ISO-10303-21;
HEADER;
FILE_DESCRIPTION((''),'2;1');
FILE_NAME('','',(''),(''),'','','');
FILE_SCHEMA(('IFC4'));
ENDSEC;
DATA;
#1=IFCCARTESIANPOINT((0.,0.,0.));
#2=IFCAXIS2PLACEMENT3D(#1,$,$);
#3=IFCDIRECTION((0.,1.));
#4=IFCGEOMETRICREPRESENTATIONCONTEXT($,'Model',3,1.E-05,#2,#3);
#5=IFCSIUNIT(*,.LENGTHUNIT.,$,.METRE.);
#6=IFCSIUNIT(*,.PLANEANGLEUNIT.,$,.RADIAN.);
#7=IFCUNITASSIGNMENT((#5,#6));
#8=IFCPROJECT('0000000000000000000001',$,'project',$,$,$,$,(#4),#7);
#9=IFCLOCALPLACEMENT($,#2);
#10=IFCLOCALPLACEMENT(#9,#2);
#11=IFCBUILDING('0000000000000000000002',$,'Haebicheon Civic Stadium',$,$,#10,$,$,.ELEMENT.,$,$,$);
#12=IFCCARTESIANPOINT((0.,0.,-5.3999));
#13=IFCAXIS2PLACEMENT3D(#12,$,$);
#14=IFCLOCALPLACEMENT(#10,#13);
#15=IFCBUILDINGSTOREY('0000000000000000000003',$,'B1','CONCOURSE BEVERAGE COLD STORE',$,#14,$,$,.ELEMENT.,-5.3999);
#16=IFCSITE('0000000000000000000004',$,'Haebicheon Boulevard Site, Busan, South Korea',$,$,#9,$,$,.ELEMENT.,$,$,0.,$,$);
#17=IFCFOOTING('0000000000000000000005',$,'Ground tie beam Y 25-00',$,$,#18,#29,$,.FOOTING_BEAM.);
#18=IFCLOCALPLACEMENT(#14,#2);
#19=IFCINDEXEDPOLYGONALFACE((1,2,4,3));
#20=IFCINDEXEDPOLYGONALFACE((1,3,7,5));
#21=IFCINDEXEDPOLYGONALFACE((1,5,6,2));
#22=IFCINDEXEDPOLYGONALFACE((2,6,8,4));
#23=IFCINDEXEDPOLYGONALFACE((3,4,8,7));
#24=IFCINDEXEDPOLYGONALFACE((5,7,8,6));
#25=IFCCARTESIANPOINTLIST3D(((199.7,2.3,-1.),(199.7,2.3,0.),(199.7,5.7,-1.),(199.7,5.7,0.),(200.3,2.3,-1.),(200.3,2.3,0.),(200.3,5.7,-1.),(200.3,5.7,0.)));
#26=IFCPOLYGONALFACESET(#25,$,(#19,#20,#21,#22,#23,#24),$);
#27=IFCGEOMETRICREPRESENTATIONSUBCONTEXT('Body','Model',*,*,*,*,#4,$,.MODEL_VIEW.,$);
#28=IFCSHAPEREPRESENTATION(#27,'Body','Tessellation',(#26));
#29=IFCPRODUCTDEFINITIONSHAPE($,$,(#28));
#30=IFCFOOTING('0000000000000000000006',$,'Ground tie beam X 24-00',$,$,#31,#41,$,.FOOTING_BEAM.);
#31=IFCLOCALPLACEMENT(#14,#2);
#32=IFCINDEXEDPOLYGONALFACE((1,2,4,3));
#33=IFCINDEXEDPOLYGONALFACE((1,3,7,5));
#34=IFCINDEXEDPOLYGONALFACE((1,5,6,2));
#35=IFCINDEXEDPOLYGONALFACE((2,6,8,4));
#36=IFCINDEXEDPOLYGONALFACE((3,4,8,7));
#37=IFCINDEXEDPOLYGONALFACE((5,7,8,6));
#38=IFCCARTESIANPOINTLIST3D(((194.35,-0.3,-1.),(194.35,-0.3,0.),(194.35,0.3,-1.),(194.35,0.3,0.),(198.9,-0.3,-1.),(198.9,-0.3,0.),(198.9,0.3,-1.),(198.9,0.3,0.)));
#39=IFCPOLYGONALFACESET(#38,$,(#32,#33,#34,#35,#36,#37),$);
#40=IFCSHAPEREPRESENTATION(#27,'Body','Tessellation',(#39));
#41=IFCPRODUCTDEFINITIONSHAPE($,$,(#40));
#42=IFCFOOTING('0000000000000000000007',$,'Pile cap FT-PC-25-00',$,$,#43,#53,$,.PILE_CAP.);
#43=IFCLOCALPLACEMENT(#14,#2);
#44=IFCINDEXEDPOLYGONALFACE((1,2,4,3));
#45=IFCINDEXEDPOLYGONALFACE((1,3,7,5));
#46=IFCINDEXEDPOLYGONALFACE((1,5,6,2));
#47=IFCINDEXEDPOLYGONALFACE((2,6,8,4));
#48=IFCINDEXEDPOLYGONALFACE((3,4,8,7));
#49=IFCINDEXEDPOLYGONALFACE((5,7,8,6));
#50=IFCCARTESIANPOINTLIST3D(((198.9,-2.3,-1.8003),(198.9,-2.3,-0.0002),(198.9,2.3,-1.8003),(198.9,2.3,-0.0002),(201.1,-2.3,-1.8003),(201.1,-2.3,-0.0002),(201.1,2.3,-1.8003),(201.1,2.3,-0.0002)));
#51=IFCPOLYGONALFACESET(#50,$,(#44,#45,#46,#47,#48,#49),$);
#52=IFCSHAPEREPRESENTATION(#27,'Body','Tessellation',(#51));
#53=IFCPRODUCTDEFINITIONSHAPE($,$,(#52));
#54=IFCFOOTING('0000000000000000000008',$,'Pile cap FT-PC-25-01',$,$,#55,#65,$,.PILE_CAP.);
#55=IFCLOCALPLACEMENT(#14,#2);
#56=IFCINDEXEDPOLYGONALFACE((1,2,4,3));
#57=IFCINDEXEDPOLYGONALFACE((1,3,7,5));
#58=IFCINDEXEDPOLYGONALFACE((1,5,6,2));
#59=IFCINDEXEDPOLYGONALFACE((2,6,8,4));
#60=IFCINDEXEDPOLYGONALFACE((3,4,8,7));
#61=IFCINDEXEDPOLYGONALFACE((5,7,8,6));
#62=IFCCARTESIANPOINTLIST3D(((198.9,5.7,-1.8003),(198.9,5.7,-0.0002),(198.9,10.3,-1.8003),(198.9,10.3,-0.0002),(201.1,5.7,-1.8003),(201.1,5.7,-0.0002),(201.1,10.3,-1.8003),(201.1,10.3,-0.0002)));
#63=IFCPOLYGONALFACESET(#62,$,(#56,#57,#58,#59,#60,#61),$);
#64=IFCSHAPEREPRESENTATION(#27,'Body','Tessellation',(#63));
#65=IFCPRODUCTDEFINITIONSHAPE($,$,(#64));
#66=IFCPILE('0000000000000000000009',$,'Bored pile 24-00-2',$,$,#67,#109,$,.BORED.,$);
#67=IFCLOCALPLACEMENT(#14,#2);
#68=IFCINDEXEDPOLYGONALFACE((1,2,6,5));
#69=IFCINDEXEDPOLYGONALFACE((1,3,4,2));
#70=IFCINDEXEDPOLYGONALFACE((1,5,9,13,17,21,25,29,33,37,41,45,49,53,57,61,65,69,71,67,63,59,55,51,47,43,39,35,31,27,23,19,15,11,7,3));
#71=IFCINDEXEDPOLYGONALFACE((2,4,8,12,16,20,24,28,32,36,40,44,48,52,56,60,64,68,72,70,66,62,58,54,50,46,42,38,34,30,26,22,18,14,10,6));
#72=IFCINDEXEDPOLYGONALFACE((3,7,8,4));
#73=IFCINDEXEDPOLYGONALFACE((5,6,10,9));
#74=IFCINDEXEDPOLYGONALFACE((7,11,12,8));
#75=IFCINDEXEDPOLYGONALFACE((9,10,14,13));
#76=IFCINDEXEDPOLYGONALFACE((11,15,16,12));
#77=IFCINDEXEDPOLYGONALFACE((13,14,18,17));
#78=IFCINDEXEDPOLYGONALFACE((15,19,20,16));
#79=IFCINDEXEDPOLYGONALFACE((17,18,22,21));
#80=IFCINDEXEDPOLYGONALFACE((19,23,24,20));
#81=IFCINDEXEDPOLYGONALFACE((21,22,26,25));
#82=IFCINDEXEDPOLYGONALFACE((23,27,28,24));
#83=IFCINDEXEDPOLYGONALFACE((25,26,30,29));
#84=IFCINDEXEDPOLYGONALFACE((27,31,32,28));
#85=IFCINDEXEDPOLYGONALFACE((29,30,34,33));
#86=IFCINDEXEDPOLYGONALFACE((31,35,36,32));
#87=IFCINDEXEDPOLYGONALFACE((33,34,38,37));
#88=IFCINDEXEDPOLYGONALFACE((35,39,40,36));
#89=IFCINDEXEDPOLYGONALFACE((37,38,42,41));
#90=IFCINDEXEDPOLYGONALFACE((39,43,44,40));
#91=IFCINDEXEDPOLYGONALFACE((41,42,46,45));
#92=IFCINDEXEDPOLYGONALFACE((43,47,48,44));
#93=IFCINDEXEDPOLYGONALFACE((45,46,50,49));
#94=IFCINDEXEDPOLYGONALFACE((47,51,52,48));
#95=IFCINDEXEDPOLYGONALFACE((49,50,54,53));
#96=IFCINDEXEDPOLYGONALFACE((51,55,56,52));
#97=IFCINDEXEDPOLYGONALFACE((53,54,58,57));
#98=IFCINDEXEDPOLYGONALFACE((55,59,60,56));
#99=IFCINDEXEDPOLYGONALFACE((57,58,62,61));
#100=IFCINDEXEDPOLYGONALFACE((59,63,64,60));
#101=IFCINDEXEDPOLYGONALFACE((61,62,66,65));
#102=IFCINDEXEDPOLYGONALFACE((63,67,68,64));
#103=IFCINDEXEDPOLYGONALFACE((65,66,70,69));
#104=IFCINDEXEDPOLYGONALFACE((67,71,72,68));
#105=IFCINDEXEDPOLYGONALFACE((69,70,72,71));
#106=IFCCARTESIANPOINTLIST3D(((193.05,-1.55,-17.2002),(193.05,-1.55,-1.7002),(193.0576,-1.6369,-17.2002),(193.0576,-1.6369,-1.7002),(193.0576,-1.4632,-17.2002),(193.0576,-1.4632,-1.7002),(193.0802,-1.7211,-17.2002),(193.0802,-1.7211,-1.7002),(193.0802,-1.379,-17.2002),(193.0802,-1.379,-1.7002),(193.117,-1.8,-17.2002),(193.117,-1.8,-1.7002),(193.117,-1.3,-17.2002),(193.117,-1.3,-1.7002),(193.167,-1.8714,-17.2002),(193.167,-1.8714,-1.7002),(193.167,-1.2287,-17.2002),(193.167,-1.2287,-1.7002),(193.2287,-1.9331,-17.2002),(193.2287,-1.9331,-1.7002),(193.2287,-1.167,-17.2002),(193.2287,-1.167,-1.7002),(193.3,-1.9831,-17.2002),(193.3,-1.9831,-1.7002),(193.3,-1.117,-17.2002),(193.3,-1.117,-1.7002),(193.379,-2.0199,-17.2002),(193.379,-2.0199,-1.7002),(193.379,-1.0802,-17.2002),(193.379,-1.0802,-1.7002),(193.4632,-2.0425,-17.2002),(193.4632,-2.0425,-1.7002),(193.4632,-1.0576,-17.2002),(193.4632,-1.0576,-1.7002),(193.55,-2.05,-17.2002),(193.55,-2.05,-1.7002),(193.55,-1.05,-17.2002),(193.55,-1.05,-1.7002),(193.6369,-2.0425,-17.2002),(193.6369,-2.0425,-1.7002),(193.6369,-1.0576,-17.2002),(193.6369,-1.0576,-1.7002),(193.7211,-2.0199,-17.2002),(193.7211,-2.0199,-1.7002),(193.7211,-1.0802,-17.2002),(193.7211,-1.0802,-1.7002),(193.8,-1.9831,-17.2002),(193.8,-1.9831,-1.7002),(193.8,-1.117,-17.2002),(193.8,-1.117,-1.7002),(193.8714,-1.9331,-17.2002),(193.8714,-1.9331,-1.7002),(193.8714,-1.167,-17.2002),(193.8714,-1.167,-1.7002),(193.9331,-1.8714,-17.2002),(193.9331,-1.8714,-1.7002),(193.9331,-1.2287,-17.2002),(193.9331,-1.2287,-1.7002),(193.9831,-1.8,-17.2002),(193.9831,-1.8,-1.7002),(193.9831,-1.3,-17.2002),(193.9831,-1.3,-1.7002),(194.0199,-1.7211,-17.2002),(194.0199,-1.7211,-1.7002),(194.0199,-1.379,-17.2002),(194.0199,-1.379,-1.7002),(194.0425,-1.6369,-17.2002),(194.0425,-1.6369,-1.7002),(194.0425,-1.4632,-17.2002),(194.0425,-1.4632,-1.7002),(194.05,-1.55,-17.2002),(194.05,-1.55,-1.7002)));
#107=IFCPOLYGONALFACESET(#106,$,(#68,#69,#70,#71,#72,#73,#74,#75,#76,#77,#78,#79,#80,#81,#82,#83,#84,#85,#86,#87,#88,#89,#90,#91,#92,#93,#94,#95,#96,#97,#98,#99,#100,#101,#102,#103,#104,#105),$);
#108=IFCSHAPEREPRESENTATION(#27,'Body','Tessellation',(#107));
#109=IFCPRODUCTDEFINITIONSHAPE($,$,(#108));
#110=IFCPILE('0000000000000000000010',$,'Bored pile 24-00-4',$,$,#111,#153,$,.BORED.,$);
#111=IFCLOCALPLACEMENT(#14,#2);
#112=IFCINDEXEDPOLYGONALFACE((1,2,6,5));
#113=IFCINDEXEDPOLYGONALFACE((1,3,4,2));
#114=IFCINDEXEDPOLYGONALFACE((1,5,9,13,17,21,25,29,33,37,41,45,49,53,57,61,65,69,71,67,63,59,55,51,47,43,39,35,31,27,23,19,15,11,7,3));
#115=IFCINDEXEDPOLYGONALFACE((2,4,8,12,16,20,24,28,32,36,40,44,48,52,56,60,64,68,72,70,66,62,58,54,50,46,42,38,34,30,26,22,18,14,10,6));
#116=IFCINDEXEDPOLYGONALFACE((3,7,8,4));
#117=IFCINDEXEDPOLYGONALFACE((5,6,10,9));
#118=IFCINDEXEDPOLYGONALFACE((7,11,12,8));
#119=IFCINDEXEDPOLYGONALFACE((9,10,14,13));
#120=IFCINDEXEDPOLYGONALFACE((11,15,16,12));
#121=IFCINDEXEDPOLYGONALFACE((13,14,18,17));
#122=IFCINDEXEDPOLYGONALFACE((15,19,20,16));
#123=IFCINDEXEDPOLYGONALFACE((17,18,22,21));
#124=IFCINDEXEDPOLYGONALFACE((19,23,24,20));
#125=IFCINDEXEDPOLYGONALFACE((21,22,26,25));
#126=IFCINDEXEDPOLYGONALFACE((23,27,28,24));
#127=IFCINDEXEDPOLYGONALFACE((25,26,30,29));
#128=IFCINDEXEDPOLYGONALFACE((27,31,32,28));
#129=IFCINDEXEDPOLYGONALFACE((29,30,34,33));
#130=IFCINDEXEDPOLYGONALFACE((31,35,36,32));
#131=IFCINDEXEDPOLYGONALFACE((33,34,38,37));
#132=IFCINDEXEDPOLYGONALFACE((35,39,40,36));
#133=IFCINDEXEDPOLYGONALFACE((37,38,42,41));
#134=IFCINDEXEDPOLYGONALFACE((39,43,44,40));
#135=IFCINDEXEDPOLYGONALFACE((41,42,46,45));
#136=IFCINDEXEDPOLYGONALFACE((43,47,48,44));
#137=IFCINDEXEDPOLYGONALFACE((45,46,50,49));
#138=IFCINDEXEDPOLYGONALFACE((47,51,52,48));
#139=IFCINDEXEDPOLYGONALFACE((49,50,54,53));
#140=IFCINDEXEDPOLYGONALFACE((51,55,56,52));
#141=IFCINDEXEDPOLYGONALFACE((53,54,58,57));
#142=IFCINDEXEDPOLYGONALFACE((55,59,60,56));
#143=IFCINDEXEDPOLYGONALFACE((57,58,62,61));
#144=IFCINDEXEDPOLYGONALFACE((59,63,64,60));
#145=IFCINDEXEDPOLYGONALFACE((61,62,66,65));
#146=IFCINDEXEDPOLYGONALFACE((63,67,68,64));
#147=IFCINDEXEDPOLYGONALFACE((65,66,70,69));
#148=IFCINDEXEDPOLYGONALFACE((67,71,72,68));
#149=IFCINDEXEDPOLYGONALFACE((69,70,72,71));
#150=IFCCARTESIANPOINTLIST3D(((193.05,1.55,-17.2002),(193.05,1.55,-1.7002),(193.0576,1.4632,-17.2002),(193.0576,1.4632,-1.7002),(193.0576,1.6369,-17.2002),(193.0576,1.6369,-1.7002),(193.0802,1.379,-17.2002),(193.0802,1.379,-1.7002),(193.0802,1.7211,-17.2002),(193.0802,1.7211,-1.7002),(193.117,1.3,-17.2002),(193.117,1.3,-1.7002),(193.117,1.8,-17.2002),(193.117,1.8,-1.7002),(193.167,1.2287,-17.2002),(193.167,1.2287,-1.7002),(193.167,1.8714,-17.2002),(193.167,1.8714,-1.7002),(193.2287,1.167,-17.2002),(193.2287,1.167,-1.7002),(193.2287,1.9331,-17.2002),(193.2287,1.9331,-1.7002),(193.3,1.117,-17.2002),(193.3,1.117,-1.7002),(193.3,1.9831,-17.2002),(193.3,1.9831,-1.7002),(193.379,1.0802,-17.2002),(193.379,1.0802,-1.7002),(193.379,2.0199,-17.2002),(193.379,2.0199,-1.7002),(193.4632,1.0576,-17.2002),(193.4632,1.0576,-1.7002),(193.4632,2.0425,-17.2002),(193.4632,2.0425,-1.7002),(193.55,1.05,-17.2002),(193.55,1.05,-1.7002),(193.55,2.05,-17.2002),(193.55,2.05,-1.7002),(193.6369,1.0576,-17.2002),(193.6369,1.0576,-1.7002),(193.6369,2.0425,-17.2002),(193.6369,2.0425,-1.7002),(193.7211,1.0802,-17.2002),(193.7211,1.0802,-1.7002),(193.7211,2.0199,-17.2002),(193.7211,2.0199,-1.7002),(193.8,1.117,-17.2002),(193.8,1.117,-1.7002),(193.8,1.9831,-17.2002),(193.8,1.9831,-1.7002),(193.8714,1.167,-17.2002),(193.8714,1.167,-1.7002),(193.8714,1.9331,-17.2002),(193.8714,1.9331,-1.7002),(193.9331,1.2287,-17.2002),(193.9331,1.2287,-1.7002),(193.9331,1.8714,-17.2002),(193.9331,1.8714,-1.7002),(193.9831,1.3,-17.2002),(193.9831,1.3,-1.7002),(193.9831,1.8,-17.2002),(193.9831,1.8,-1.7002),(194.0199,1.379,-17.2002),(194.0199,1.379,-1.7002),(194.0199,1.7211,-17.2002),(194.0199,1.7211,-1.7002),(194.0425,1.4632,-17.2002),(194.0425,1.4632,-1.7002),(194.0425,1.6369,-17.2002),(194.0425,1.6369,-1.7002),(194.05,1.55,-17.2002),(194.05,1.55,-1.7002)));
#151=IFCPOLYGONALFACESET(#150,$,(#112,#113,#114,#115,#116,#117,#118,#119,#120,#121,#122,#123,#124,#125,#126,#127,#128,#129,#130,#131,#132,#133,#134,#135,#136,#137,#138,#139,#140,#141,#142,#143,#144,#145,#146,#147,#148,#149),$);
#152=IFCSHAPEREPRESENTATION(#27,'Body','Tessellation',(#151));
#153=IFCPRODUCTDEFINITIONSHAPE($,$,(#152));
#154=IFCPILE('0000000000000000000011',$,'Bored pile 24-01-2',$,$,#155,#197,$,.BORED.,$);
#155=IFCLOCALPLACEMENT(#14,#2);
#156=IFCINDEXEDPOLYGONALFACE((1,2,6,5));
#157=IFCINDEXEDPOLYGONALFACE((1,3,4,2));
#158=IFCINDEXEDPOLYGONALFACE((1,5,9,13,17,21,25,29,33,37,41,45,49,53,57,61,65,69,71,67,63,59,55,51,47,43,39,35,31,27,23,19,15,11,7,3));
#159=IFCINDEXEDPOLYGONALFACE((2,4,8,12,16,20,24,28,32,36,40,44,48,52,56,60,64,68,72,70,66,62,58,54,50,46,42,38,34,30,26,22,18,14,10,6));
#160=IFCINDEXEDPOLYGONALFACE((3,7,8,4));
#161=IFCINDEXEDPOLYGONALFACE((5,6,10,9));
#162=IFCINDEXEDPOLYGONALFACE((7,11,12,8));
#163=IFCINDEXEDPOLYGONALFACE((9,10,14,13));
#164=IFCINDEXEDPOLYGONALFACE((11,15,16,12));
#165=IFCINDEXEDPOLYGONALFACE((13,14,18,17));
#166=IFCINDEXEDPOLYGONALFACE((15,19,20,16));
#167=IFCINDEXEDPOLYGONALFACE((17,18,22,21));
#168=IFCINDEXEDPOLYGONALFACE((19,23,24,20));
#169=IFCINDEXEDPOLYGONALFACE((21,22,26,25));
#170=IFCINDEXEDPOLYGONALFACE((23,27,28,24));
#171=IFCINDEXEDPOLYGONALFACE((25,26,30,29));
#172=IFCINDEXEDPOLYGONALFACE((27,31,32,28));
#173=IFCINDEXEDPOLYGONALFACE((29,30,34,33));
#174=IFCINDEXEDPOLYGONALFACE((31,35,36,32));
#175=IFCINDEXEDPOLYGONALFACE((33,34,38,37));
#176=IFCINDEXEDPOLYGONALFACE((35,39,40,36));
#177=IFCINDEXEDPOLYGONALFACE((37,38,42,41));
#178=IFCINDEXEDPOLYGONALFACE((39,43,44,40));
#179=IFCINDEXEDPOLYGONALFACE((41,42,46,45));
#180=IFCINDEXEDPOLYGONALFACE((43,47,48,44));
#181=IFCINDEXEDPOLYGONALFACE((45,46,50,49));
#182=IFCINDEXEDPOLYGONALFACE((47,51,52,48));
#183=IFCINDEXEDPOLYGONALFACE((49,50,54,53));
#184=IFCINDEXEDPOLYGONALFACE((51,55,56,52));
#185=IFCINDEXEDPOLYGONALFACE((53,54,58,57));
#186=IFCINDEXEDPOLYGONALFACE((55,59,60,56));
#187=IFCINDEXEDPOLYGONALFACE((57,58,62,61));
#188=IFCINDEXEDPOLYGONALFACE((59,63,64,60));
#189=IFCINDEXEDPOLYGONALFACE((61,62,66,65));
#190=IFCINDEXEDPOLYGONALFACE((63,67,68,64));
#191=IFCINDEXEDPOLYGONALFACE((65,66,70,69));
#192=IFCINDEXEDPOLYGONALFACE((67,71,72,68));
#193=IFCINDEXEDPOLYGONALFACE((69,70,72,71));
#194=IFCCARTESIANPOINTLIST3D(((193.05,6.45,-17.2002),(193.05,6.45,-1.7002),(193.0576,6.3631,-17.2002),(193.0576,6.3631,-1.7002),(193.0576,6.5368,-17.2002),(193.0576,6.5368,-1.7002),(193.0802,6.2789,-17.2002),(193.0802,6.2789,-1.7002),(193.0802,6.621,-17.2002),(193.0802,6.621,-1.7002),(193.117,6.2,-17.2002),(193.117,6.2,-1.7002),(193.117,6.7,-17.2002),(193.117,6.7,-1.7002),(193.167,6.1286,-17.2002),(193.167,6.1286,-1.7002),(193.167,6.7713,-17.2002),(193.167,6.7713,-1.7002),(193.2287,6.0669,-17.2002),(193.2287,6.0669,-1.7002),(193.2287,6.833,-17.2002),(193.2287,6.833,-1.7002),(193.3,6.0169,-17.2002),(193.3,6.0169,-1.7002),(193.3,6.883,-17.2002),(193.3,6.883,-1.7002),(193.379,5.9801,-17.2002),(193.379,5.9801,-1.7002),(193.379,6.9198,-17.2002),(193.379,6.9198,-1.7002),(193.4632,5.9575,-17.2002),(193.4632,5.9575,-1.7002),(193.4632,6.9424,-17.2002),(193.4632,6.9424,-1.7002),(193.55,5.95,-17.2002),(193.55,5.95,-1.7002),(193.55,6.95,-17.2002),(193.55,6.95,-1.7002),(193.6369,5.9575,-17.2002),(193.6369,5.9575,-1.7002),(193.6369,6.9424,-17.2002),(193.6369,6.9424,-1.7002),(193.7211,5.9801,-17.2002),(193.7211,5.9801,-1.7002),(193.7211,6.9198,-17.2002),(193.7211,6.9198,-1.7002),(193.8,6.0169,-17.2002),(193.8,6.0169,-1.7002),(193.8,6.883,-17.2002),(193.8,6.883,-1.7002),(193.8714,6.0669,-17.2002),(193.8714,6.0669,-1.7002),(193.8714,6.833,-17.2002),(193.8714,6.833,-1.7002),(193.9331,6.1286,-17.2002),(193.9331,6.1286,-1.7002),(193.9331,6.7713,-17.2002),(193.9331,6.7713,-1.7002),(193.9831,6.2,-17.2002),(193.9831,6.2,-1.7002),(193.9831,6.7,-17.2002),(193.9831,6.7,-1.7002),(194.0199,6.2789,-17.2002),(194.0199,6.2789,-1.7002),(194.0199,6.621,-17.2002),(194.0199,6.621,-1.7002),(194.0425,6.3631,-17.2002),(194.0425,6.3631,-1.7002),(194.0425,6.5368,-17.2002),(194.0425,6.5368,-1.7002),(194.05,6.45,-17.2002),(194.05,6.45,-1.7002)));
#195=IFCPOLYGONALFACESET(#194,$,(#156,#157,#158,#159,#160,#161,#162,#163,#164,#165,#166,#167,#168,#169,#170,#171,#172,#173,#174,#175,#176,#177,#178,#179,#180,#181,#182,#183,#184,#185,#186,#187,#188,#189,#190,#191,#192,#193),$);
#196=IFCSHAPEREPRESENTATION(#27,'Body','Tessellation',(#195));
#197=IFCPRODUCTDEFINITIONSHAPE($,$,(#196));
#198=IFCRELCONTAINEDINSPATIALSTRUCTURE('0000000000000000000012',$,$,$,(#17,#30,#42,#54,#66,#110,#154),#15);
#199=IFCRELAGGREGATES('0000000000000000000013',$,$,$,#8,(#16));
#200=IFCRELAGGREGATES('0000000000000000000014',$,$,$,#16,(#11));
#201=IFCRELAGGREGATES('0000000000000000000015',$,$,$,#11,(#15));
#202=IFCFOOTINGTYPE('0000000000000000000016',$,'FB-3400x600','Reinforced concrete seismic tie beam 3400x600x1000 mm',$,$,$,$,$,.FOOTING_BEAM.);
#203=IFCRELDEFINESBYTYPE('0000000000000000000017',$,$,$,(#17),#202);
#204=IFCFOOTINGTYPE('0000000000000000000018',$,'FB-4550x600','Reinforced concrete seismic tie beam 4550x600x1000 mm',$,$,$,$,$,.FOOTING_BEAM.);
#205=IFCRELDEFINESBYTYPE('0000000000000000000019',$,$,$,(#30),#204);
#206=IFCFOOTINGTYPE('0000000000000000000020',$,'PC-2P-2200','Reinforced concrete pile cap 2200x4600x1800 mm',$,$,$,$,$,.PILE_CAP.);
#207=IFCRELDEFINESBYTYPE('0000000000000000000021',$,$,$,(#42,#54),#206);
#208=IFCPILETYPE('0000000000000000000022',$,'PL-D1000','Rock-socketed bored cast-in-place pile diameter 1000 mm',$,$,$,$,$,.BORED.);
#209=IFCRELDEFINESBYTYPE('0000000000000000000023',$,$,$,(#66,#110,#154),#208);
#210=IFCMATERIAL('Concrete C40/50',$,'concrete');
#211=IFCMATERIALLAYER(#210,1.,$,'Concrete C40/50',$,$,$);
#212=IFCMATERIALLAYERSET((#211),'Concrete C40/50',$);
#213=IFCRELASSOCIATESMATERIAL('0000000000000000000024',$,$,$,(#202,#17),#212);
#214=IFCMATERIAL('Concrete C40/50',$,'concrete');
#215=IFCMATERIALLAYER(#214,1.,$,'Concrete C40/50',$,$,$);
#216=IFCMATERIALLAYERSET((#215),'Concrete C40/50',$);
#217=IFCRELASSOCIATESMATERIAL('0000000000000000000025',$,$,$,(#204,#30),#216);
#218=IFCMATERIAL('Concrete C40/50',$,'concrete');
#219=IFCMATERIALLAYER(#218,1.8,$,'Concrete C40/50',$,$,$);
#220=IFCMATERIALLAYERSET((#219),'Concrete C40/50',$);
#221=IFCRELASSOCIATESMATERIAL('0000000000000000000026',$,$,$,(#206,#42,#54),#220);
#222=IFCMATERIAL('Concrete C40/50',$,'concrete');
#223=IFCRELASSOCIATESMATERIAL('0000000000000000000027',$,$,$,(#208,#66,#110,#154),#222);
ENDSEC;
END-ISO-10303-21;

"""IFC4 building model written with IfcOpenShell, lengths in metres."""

from ifc_helpers import new_model, si_unit, direction, frame, origin, origin_2d, place, context, subcontext, project, spatial, rectangle, circle, extrude, material, layer, layer_set, material_profile, profile_set, type_object, element, save


model = new_model("IFC4")

# Units and contexts
model_context = context("Model", 3, precision=1e-05, world=origin(), true_north=direction((0.0, 1.0)))
body_context = subcontext(model_context, "Body", "Model", "MODEL_VIEW")
ifc_project = project(units=[si_unit("LENGTHUNIT", "METRE"), si_unit("PLANEANGLEUNIT", "RADIAN")], contexts=[model_context])

# Site, building, storey
site_placement = place(None, origin())
site = spatial("IfcSite", under=ifc_project, at=site_placement, Name="Haebicheon Boulevard Site, Busan, South Korea", CompositionType="ELEMENT", RefElevation=0.0)
building_placement = place(site_placement, origin())
building = spatial("IfcBuilding", under=site, at=building_placement, Name="Haebicheon Civic Stadium", CompositionType="ELEMENT")
storey_placement = place(building_placement, frame((0.0, 0.0, -5.3999)))
storey = spatial("IfcBuildingStorey", under=building, at=storey_placement, Name="B1", Description="CONCOURSE BEVERAGE COLD STORE", CompositionType="ELEMENT", Elevation=-5.3999)

# Footings
ifc_material_1 = material(Name="Concrete C40/50", Category="concrete")
ifc_layer_1 = layer(ifc_material_1, 1.0, Name="Concrete C40/50")
ifc_layer_set_1 = layer_set([ifc_layer_1], Name="Concrete C40/50")
footing_type_1 = type_object("IfcFootingType", Name="FB-3400x600", Description="Reinforced concrete seismic tie beam 3400x600x1000 mm", PredefinedType="FOOTING_BEAM", material=ifc_layer_set_1)
footing_1_placement = place(storey_placement, frame((200.0, 4.0, -1.0), z_axis=(0.0, 0.0, 1.0), x_axis=(0.0, 1.0, 0.0)))
element("IfcFooting", 1, at=footing_1_placement, inside=storey, type_object=footing_type_1, material=ifc_layer_set_1, Name="Ground tie beam Y 25-00", PredefinedType="FOOTING_BEAM", context=body_context, shape_type="SweptSolid", body=[
    extrude(rectangle(XDim=3.3999, YDim=0.6001, at=origin_2d()), origin(), (0.0, 0.0, 1.0), 1.0),
])
ifc_material_2 = material(Name="Concrete C40/50", Category="concrete")
ifc_layer_2 = layer(ifc_material_2, 1.0, Name="Concrete C40/50")
ifc_layer_set_2 = layer_set([ifc_layer_2], Name="Concrete C40/50")
footing_type_2 = type_object("IfcFootingType", Name="FB-4550x600", Description="Reinforced concrete seismic tie beam 4550x600x1000 mm", PredefinedType="FOOTING_BEAM", material=ifc_layer_set_2)
footing_2_placement = place(storey_placement, frame((196.625, 0.0, -1.0), z_axis=(0.0, 0.0, 1.0), x_axis=(1.0, 0.0, 0.0)))
element("IfcFooting", 2, at=footing_2_placement, inside=storey, type_object=footing_type_2, material=ifc_layer_set_2, Name="Ground tie beam X 24-00", PredefinedType="FOOTING_BEAM", context=body_context, shape_type="SweptSolid", body=[
    extrude(rectangle(XDim=4.55, YDim=0.6001, at=origin_2d()), origin(), (0.0, 0.0, 1.0), 1.0),
])
ifc_material_3 = material(Name="Concrete C40/50", Category="concrete")
ifc_layer_3 = layer(ifc_material_3, 1.8, Name="Concrete C40/50")
ifc_layer_set_3 = layer_set([ifc_layer_3], Name="Concrete C40/50")
footing_type_3 = type_object("IfcFootingType", Name="PC-2P-2200", Description="Reinforced concrete pile cap 2200x4600x1800 mm", PredefinedType="PILE_CAP", material=ifc_layer_set_3)
for number, where, z_axis, x_axis, name in (
    (3, (200.0, 0.0, -1.8003), (0.0, 0.0, 1.0), (1.0, 0.0, 0.0), "Pile cap FT-PC-25-00"),
    (4, (200.0, 8.0, -1.8003), (0.0, 0.0, 1.0), (1.0, 0.0, 0.0), "Pile cap FT-PC-25-01"),
):
    element("IfcFooting", number, at=place(storey_placement, frame(where, z_axis=z_axis, x_axis=x_axis)), inside=storey, type_object=footing_type_3, material=ifc_layer_set_3, Name=name, PredefinedType="PILE_CAP", context=body_context, shape_type="SweptSolid", body=[
        extrude(rectangle(XDim=2.2, YDim=4.6001, at=origin_2d()), origin(), (0.0, 0.0, 1.0), 1.8),
    ])

# Piles
ifc_material_4 = material(Name="Concrete C40/50", Category="concrete")
ifc_material_profile_1 = material_profile(ifc_material_4, circle(Radius=0.5, at=origin_2d()), Name="PILE-D1000")
ifc_profile_set_1 = profile_set([ifc_material_profile_1], Name="Concrete C40/50")
pile_type = type_object("IfcPileType", Name="PL-D1000", Description="Rock-socketed bored cast-in-place pile diameter 1000 mm", PredefinedType="BORED", material=ifc_profile_set_1)
for number, where, z_axis, x_axis, name in (
    (5, (193.55, -1.55, -1.7002), (0.0, 0.0, -1.0), (1.0, 0.0, 0.0), "Bored pile 24-00-2"),
    (6, (193.55, 1.55, -1.7002), (0.0, 0.0, -1.0), (1.0, 0.0, 0.0), "Bored pile 24-00-4"),
    (7, (193.55, 6.45, -1.7002), (0.0, 0.0, -1.0), (1.0, 0.0, 0.0), "Bored pile 24-01-2"),
):
    element("IfcPile", number, at=place(storey_placement, frame(where, z_axis=z_axis, x_axis=x_axis)), inside=storey, type_object=pile_type, material=ifc_profile_set_1, Name=name, PredefinedType="BORED", context=body_context, shape_type="SweptSolid", body=[
        extrude(circle(Radius=0.5, at=origin_2d()), origin(), (0.0, 0.0, 1.0), 15.5),
    ])

save(model, "model.ifc")
